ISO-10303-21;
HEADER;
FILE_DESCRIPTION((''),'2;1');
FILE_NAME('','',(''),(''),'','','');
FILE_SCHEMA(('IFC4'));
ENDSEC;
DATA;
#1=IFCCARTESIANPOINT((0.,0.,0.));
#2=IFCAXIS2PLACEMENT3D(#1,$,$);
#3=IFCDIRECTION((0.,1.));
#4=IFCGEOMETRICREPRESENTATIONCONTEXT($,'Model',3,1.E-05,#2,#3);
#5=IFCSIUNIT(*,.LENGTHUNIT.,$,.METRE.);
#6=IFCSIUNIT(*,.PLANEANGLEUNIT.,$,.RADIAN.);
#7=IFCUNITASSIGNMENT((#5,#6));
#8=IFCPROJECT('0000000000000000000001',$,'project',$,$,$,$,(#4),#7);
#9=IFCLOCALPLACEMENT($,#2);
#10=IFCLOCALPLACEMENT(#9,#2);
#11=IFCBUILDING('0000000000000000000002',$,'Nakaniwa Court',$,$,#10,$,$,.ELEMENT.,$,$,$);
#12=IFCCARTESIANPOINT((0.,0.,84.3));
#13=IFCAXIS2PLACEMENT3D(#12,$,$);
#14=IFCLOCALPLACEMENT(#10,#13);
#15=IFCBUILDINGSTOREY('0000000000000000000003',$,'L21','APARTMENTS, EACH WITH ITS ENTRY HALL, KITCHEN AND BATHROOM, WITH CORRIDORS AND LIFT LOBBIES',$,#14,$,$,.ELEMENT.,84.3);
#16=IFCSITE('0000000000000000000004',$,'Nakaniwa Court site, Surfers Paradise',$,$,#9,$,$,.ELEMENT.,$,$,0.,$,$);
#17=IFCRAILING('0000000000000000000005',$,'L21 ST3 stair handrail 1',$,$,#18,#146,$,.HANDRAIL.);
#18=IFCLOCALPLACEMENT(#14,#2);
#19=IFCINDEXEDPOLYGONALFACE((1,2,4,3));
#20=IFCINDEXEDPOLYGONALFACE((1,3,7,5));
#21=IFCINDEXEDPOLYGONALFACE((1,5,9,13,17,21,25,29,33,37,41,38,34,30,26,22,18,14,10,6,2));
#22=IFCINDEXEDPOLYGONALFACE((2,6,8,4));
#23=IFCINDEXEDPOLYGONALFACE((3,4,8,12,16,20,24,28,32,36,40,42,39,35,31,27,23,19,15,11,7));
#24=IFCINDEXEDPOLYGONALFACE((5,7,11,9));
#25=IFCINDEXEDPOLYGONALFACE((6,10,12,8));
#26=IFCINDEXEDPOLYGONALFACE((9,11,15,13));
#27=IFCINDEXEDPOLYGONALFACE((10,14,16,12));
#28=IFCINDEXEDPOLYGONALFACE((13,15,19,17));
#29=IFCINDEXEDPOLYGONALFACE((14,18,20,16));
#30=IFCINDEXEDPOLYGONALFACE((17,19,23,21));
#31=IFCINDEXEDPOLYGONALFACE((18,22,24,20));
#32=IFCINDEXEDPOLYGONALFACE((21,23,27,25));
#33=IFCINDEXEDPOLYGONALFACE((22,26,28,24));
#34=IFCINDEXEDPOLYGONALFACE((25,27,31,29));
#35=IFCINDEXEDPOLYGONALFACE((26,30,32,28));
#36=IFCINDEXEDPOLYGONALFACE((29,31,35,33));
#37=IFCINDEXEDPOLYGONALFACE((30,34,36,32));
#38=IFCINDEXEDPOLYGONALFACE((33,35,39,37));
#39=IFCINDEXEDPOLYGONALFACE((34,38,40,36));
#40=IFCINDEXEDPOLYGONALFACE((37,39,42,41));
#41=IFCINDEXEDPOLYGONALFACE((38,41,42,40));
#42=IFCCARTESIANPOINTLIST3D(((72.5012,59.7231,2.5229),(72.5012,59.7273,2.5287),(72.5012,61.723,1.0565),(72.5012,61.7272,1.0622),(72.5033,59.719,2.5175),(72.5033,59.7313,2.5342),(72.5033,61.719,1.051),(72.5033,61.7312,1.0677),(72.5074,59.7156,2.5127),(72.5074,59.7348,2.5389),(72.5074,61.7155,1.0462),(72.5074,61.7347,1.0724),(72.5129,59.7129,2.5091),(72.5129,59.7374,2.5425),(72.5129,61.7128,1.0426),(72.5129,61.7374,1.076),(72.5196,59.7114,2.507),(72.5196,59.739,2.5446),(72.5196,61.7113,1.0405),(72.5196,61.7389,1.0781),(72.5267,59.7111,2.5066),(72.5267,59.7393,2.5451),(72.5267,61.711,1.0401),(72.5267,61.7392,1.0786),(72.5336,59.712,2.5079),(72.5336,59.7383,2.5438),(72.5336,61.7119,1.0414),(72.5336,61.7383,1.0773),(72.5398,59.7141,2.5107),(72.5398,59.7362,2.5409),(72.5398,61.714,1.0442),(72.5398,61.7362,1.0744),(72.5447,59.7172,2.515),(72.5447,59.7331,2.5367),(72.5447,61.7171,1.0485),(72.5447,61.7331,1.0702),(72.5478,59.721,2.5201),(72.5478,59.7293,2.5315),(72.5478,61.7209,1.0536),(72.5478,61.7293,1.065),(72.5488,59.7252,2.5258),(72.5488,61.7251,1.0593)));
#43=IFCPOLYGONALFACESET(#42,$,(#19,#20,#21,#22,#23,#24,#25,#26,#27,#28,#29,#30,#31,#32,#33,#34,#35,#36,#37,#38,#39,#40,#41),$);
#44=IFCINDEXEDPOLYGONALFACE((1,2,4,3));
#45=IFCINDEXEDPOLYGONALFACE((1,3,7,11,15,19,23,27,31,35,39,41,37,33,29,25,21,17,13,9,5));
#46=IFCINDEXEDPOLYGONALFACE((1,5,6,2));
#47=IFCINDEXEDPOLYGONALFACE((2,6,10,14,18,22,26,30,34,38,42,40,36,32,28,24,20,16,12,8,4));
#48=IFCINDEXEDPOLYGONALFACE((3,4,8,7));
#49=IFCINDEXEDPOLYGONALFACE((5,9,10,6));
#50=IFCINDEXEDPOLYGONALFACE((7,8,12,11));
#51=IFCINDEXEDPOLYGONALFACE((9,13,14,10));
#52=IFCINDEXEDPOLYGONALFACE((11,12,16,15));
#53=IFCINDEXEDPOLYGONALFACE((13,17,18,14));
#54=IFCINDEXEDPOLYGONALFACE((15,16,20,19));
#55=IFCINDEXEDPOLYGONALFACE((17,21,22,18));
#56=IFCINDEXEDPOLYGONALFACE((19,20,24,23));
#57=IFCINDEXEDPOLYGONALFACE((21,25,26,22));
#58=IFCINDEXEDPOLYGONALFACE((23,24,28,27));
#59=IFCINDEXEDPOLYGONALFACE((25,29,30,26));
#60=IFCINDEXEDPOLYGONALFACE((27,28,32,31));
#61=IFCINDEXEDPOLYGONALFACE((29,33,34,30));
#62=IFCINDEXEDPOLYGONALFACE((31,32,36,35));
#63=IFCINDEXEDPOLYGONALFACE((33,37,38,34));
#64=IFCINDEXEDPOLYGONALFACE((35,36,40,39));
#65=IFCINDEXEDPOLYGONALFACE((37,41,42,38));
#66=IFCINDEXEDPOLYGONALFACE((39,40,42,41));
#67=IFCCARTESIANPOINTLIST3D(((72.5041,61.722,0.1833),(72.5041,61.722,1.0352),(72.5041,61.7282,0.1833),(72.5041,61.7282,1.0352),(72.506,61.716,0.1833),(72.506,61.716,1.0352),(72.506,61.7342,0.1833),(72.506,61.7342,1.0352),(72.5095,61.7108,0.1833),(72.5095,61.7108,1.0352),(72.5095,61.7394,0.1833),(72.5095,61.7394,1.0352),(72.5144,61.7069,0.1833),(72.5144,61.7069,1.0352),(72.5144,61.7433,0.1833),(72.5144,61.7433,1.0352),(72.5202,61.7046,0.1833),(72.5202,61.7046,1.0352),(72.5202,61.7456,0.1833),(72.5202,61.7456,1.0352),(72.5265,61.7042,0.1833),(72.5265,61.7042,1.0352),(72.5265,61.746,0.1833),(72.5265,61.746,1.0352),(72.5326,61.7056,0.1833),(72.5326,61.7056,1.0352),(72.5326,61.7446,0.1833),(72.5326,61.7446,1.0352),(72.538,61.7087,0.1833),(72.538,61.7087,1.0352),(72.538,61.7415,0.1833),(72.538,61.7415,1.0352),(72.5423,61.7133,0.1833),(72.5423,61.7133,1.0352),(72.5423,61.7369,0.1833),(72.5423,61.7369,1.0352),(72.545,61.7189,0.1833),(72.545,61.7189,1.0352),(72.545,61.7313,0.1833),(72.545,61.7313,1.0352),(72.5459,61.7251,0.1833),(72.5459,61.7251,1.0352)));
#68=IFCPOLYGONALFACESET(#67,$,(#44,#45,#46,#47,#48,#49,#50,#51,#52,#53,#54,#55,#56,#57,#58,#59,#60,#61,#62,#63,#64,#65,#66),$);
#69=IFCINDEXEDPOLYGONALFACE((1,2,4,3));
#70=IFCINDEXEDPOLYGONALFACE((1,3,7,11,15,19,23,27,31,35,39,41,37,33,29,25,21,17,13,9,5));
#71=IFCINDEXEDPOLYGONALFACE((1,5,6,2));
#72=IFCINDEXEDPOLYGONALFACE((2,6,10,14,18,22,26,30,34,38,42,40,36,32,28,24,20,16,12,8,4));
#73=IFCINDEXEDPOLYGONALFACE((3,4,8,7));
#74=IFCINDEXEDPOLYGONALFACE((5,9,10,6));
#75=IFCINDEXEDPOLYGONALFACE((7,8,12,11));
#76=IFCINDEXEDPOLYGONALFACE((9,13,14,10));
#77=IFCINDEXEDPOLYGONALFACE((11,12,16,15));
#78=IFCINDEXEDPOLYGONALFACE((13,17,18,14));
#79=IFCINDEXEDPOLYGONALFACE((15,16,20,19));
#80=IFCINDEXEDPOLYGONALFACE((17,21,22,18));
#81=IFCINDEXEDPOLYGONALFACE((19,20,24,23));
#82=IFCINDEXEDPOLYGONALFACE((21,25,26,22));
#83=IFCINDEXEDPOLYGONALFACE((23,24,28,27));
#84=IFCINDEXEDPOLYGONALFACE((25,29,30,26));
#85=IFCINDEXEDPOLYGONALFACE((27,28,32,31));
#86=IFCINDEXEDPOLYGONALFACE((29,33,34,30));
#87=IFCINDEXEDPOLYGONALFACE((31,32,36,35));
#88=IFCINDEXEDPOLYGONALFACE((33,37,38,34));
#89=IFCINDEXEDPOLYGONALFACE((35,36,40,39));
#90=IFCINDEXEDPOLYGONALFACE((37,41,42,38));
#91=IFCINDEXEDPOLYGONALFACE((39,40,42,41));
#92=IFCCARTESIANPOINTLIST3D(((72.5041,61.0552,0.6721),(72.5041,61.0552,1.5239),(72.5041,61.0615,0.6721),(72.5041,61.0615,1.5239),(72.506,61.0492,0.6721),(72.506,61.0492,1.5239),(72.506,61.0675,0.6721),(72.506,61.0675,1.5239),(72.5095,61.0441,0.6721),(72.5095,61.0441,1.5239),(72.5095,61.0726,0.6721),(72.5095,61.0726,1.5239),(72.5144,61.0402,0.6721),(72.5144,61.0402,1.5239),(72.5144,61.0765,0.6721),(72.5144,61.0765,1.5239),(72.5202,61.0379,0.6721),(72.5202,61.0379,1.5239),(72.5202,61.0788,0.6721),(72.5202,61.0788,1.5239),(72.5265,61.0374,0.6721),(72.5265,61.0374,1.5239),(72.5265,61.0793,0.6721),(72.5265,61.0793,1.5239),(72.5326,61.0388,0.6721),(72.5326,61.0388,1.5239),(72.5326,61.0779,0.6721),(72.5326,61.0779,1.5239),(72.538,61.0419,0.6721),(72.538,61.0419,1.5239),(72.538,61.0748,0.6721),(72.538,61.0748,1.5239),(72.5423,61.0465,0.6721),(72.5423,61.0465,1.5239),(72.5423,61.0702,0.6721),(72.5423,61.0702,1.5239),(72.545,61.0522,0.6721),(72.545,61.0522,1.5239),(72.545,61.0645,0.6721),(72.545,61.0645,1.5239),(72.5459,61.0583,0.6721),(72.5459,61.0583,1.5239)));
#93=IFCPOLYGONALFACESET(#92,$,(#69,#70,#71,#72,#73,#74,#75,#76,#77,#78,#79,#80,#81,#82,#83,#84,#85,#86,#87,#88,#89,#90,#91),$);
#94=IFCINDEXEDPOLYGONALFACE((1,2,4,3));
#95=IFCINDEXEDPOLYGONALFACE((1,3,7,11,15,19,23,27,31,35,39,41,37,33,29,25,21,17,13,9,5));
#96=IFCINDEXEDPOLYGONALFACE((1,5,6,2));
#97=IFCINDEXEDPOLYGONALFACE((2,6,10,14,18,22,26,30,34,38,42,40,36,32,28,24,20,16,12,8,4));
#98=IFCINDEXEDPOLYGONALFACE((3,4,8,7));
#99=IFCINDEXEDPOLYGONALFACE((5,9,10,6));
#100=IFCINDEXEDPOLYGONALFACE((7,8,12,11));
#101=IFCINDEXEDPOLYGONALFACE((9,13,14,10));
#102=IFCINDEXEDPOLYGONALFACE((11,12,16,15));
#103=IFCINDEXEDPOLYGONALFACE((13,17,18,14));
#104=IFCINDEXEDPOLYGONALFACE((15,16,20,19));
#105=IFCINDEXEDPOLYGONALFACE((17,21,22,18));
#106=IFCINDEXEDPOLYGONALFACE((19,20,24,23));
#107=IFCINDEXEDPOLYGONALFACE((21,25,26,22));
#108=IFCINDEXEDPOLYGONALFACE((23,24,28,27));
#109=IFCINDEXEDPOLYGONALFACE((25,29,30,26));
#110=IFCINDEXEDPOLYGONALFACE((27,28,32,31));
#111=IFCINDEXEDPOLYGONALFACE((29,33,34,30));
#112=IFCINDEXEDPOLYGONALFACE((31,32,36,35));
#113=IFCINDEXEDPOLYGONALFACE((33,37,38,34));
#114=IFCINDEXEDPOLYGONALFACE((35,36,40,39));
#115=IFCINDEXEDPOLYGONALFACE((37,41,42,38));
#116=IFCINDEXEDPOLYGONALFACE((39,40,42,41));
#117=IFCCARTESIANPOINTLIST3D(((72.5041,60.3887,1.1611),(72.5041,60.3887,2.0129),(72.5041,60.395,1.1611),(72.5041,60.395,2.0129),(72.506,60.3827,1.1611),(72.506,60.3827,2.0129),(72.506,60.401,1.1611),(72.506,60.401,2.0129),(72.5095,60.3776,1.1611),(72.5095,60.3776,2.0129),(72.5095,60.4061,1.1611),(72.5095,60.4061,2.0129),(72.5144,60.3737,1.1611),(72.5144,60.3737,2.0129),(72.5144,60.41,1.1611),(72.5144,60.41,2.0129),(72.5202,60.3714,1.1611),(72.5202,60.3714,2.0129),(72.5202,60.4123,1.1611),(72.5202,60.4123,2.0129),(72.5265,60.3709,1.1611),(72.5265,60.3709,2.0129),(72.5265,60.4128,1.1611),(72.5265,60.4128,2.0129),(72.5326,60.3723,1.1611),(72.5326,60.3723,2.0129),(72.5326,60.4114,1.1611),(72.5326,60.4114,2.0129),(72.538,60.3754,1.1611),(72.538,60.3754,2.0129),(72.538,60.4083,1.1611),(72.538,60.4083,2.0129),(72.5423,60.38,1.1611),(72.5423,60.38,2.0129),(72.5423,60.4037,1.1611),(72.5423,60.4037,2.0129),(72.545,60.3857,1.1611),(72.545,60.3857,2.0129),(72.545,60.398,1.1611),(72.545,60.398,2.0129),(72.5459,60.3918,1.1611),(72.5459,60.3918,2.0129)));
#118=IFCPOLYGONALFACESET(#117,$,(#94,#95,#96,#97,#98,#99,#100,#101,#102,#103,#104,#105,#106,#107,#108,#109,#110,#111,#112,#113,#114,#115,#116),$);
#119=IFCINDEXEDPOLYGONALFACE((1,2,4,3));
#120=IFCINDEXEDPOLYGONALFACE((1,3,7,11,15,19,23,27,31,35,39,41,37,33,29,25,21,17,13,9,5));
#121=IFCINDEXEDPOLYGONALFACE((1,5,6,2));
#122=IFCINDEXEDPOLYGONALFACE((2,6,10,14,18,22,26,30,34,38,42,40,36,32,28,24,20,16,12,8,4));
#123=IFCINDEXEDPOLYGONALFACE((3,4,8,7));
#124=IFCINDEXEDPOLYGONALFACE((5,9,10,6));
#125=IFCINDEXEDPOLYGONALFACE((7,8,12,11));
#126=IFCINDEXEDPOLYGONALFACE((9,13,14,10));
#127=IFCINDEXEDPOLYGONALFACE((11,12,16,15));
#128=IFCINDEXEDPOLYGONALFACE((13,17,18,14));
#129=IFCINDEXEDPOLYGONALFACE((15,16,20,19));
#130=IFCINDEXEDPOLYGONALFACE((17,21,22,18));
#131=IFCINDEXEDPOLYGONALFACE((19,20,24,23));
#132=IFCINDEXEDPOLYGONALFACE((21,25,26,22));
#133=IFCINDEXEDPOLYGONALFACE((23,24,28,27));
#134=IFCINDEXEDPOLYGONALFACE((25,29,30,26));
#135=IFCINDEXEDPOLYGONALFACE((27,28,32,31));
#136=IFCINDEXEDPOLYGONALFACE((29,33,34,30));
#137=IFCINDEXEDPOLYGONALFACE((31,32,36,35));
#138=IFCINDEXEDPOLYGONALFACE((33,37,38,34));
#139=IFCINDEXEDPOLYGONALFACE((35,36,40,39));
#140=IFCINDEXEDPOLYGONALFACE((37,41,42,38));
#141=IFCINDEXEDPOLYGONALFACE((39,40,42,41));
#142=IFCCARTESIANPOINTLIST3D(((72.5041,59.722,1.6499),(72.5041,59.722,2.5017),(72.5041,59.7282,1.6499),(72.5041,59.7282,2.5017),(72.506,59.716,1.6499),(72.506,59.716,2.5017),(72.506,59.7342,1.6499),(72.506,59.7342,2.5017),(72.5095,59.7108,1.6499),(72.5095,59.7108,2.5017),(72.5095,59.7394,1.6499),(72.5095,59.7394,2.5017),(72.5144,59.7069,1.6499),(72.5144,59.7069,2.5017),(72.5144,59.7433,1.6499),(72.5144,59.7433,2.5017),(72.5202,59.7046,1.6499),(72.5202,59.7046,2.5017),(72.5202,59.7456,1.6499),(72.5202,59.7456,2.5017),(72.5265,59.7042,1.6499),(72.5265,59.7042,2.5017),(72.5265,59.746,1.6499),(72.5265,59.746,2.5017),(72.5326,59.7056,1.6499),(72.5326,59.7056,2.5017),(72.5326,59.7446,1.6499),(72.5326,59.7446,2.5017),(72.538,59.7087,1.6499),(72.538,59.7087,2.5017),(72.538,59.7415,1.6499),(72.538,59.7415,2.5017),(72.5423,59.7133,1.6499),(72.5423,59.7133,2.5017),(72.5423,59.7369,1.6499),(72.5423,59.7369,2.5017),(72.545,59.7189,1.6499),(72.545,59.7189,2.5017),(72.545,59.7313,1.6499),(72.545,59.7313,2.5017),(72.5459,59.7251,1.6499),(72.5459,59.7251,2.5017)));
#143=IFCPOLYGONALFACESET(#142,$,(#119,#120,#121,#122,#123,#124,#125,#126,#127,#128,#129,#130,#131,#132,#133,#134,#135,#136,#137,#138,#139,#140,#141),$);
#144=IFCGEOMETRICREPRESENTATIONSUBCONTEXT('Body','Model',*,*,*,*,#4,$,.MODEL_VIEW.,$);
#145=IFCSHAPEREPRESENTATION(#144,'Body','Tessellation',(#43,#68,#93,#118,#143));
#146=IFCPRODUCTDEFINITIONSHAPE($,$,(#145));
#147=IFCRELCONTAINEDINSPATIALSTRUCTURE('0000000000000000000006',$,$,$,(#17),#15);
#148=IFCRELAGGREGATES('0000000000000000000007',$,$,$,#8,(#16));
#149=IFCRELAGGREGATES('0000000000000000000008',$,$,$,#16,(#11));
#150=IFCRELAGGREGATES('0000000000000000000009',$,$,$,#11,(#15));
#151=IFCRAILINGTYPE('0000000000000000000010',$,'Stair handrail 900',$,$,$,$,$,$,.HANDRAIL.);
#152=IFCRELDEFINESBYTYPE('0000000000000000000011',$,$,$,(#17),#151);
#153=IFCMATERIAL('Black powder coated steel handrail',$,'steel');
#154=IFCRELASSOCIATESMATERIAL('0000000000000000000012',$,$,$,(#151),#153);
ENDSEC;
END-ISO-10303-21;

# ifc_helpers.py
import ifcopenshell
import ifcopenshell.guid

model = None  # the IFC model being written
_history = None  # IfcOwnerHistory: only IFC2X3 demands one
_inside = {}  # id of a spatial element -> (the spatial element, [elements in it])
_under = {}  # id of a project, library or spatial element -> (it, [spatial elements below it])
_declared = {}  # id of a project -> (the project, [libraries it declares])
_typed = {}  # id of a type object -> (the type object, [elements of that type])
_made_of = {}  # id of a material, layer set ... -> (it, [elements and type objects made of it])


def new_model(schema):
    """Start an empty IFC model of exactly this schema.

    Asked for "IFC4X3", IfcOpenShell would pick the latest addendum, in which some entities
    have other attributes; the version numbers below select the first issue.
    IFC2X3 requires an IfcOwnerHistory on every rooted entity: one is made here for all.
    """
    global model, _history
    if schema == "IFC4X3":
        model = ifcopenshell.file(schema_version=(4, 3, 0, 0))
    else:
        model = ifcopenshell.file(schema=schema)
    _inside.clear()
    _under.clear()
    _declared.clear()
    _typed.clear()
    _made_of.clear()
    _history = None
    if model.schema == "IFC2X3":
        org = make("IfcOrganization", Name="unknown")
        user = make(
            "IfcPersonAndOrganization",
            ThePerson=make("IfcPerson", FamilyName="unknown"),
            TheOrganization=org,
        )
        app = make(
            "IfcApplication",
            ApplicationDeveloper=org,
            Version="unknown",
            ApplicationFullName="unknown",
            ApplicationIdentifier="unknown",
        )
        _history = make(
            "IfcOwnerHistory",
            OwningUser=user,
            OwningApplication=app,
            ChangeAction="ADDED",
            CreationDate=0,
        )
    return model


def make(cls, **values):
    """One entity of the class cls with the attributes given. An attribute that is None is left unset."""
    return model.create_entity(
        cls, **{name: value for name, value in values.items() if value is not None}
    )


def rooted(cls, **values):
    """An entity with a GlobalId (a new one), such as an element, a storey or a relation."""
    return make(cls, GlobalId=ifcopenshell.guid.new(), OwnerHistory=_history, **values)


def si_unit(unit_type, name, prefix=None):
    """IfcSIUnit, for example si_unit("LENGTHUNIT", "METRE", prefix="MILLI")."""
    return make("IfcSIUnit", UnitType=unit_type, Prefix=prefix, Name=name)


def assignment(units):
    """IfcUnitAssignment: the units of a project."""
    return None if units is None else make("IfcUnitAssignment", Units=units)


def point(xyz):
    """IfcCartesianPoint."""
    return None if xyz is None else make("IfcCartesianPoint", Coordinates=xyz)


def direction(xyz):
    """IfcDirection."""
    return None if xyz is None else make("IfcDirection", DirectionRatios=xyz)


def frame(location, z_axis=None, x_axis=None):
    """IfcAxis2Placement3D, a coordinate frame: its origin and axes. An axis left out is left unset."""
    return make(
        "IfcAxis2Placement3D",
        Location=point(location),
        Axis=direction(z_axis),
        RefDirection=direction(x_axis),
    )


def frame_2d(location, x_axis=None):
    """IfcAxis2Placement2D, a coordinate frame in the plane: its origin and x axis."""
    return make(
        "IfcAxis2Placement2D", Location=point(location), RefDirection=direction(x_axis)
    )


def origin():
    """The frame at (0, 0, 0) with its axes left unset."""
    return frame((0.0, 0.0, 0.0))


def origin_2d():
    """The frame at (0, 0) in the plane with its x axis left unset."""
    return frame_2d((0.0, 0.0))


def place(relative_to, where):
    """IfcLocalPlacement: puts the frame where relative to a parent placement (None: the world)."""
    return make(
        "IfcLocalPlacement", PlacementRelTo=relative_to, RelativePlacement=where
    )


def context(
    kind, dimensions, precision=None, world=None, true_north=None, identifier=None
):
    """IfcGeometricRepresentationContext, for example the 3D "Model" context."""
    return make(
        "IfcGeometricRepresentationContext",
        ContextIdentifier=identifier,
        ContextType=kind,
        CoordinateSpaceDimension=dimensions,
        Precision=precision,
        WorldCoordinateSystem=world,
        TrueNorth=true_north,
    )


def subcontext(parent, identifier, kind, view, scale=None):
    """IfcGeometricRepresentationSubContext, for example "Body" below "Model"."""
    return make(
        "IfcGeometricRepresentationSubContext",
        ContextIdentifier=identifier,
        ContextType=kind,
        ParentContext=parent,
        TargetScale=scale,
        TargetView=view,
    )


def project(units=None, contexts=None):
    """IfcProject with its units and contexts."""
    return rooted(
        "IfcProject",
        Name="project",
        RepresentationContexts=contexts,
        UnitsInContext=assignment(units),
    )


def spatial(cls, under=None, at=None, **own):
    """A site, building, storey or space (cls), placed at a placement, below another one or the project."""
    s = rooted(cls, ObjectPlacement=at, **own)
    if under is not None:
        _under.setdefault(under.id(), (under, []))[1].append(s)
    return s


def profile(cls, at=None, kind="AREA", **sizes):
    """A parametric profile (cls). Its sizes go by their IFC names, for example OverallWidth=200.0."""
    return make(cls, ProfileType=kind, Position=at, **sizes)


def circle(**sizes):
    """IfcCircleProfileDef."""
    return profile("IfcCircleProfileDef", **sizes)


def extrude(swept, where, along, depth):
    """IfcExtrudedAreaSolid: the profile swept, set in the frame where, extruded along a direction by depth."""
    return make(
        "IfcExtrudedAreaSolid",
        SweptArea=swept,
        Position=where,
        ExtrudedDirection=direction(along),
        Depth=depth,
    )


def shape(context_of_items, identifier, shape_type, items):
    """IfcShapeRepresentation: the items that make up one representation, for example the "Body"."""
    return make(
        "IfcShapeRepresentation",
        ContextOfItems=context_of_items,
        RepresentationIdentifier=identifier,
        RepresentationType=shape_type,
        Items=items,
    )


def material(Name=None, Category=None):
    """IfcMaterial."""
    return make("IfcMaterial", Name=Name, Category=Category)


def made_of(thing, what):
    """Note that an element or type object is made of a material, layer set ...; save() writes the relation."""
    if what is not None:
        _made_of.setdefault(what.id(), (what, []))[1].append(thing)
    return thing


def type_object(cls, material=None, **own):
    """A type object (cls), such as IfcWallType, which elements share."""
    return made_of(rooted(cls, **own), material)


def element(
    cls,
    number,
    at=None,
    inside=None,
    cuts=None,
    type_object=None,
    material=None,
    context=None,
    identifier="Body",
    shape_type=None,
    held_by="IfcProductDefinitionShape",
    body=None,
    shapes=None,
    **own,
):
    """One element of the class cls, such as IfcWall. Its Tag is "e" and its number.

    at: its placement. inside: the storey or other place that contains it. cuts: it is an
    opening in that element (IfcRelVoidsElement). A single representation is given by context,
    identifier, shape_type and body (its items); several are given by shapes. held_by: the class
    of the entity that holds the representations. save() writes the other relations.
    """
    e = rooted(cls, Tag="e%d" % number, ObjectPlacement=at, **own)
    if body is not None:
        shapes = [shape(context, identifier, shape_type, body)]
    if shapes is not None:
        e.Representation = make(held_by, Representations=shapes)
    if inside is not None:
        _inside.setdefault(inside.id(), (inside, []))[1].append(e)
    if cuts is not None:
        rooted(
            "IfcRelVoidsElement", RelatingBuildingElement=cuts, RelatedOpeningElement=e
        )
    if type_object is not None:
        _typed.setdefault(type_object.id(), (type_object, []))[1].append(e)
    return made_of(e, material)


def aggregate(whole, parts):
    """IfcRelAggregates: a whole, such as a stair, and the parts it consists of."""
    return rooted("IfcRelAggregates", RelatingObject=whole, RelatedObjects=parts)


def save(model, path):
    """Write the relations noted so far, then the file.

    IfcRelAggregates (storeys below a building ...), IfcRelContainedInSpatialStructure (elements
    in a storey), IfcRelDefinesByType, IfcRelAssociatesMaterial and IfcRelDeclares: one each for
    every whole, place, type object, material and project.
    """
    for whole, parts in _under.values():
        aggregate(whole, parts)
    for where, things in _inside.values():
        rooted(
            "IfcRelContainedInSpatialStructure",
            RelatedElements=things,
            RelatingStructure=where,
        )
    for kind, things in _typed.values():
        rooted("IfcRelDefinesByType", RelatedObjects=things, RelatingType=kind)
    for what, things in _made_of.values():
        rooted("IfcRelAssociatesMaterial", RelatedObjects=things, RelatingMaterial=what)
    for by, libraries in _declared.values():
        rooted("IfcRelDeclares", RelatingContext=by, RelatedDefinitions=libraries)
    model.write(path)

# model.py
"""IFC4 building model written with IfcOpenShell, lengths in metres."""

from ifc_helpers import new_model, si_unit, direction, frame, origin, origin_2d, place, context, subcontext, project, spatial, circle, extrude, material, type_object, element, save


model = new_model("IFC4")

# Units and contexts
model_context = context("Model", 3, precision=1e-05, world=origin(), true_north=direction((0.0, 1.0)))
body_context = subcontext(model_context, "Body", "Model", "MODEL_VIEW")
ifc_project = project(units=[si_unit("LENGTHUNIT", "METRE"), si_unit("PLANEANGLEUNIT", "RADIAN")], contexts=[model_context])

# Site, building, storey
site_placement = place(None, origin())
site = spatial("IfcSite", under=ifc_project, at=site_placement, Name="Nakaniwa Court site, Surfers Paradise", CompositionType="ELEMENT", RefElevation=0.0)
building_placement = place(site_placement, origin())
building = spatial("IfcBuilding", under=site, at=building_placement, Name="Nakaniwa Court", CompositionType="ELEMENT")
storey_placement = place(building_placement, frame((0.0, 0.0, 84.3)))
storey = spatial("IfcBuildingStorey", under=building, at=storey_placement, Name="L21", Description="APARTMENTS, EACH WITH ITS ENTRY HALL, KITCHEN AND BATHROOM, WITH CORRIDORS AND LIFT LOBBIES", CompositionType="ELEMENT", Elevation=84.3)

# Railing
ifc_material_1 = material(Name="Black powder coated steel handrail", Category="steel")
railing_type_1 = type_object("IfcRailingType", Name="Stair handrail 900", PredefinedType="HANDRAIL", material=ifc_material_1)
railing_1_placement = place(storey_placement, frame((72.5249, 61.7251, 0.1833)))
element("IfcRailing", 1, at=railing_1_placement, inside=storey, type_object=railing_type_1, Name="L21 ST3 stair handrail 1", PredefinedType="HANDRAIL", context=body_context, shape_type="SweptSolid", body=[
    extrude(circle(Radius=0.0239, at=origin_2d()), frame((0.0, 0.0, 0.876), z_axis=(0.0, -0.806427, 0.591334), x_axis=(1.0, 0.0, 0.0)), (0.0, 0.0, 1.0), 2.48),
    extrude(circle(Radius=0.021, at=origin_2d()), origin(), (0.0, 0.0, 1.0), 0.8518),
    extrude(circle(Radius=0.021, at=origin_2d()), frame((0.0, -0.6667, 0.4888)), (0.0, 0.0, 1.0), 0.8518),
    extrude(circle(Radius=0.021, at=origin_2d()), frame((0.0, -1.3333, 0.9778)), (0.0, 0.0, 1.0), 0.8518),
    extrude(circle(Radius=0.021, at=origin_2d()), frame((0.0, -2.0, 1.4666)), (0.0, 0.0, 1.0), 0.8518),
])

save(model, "model.ifc")
